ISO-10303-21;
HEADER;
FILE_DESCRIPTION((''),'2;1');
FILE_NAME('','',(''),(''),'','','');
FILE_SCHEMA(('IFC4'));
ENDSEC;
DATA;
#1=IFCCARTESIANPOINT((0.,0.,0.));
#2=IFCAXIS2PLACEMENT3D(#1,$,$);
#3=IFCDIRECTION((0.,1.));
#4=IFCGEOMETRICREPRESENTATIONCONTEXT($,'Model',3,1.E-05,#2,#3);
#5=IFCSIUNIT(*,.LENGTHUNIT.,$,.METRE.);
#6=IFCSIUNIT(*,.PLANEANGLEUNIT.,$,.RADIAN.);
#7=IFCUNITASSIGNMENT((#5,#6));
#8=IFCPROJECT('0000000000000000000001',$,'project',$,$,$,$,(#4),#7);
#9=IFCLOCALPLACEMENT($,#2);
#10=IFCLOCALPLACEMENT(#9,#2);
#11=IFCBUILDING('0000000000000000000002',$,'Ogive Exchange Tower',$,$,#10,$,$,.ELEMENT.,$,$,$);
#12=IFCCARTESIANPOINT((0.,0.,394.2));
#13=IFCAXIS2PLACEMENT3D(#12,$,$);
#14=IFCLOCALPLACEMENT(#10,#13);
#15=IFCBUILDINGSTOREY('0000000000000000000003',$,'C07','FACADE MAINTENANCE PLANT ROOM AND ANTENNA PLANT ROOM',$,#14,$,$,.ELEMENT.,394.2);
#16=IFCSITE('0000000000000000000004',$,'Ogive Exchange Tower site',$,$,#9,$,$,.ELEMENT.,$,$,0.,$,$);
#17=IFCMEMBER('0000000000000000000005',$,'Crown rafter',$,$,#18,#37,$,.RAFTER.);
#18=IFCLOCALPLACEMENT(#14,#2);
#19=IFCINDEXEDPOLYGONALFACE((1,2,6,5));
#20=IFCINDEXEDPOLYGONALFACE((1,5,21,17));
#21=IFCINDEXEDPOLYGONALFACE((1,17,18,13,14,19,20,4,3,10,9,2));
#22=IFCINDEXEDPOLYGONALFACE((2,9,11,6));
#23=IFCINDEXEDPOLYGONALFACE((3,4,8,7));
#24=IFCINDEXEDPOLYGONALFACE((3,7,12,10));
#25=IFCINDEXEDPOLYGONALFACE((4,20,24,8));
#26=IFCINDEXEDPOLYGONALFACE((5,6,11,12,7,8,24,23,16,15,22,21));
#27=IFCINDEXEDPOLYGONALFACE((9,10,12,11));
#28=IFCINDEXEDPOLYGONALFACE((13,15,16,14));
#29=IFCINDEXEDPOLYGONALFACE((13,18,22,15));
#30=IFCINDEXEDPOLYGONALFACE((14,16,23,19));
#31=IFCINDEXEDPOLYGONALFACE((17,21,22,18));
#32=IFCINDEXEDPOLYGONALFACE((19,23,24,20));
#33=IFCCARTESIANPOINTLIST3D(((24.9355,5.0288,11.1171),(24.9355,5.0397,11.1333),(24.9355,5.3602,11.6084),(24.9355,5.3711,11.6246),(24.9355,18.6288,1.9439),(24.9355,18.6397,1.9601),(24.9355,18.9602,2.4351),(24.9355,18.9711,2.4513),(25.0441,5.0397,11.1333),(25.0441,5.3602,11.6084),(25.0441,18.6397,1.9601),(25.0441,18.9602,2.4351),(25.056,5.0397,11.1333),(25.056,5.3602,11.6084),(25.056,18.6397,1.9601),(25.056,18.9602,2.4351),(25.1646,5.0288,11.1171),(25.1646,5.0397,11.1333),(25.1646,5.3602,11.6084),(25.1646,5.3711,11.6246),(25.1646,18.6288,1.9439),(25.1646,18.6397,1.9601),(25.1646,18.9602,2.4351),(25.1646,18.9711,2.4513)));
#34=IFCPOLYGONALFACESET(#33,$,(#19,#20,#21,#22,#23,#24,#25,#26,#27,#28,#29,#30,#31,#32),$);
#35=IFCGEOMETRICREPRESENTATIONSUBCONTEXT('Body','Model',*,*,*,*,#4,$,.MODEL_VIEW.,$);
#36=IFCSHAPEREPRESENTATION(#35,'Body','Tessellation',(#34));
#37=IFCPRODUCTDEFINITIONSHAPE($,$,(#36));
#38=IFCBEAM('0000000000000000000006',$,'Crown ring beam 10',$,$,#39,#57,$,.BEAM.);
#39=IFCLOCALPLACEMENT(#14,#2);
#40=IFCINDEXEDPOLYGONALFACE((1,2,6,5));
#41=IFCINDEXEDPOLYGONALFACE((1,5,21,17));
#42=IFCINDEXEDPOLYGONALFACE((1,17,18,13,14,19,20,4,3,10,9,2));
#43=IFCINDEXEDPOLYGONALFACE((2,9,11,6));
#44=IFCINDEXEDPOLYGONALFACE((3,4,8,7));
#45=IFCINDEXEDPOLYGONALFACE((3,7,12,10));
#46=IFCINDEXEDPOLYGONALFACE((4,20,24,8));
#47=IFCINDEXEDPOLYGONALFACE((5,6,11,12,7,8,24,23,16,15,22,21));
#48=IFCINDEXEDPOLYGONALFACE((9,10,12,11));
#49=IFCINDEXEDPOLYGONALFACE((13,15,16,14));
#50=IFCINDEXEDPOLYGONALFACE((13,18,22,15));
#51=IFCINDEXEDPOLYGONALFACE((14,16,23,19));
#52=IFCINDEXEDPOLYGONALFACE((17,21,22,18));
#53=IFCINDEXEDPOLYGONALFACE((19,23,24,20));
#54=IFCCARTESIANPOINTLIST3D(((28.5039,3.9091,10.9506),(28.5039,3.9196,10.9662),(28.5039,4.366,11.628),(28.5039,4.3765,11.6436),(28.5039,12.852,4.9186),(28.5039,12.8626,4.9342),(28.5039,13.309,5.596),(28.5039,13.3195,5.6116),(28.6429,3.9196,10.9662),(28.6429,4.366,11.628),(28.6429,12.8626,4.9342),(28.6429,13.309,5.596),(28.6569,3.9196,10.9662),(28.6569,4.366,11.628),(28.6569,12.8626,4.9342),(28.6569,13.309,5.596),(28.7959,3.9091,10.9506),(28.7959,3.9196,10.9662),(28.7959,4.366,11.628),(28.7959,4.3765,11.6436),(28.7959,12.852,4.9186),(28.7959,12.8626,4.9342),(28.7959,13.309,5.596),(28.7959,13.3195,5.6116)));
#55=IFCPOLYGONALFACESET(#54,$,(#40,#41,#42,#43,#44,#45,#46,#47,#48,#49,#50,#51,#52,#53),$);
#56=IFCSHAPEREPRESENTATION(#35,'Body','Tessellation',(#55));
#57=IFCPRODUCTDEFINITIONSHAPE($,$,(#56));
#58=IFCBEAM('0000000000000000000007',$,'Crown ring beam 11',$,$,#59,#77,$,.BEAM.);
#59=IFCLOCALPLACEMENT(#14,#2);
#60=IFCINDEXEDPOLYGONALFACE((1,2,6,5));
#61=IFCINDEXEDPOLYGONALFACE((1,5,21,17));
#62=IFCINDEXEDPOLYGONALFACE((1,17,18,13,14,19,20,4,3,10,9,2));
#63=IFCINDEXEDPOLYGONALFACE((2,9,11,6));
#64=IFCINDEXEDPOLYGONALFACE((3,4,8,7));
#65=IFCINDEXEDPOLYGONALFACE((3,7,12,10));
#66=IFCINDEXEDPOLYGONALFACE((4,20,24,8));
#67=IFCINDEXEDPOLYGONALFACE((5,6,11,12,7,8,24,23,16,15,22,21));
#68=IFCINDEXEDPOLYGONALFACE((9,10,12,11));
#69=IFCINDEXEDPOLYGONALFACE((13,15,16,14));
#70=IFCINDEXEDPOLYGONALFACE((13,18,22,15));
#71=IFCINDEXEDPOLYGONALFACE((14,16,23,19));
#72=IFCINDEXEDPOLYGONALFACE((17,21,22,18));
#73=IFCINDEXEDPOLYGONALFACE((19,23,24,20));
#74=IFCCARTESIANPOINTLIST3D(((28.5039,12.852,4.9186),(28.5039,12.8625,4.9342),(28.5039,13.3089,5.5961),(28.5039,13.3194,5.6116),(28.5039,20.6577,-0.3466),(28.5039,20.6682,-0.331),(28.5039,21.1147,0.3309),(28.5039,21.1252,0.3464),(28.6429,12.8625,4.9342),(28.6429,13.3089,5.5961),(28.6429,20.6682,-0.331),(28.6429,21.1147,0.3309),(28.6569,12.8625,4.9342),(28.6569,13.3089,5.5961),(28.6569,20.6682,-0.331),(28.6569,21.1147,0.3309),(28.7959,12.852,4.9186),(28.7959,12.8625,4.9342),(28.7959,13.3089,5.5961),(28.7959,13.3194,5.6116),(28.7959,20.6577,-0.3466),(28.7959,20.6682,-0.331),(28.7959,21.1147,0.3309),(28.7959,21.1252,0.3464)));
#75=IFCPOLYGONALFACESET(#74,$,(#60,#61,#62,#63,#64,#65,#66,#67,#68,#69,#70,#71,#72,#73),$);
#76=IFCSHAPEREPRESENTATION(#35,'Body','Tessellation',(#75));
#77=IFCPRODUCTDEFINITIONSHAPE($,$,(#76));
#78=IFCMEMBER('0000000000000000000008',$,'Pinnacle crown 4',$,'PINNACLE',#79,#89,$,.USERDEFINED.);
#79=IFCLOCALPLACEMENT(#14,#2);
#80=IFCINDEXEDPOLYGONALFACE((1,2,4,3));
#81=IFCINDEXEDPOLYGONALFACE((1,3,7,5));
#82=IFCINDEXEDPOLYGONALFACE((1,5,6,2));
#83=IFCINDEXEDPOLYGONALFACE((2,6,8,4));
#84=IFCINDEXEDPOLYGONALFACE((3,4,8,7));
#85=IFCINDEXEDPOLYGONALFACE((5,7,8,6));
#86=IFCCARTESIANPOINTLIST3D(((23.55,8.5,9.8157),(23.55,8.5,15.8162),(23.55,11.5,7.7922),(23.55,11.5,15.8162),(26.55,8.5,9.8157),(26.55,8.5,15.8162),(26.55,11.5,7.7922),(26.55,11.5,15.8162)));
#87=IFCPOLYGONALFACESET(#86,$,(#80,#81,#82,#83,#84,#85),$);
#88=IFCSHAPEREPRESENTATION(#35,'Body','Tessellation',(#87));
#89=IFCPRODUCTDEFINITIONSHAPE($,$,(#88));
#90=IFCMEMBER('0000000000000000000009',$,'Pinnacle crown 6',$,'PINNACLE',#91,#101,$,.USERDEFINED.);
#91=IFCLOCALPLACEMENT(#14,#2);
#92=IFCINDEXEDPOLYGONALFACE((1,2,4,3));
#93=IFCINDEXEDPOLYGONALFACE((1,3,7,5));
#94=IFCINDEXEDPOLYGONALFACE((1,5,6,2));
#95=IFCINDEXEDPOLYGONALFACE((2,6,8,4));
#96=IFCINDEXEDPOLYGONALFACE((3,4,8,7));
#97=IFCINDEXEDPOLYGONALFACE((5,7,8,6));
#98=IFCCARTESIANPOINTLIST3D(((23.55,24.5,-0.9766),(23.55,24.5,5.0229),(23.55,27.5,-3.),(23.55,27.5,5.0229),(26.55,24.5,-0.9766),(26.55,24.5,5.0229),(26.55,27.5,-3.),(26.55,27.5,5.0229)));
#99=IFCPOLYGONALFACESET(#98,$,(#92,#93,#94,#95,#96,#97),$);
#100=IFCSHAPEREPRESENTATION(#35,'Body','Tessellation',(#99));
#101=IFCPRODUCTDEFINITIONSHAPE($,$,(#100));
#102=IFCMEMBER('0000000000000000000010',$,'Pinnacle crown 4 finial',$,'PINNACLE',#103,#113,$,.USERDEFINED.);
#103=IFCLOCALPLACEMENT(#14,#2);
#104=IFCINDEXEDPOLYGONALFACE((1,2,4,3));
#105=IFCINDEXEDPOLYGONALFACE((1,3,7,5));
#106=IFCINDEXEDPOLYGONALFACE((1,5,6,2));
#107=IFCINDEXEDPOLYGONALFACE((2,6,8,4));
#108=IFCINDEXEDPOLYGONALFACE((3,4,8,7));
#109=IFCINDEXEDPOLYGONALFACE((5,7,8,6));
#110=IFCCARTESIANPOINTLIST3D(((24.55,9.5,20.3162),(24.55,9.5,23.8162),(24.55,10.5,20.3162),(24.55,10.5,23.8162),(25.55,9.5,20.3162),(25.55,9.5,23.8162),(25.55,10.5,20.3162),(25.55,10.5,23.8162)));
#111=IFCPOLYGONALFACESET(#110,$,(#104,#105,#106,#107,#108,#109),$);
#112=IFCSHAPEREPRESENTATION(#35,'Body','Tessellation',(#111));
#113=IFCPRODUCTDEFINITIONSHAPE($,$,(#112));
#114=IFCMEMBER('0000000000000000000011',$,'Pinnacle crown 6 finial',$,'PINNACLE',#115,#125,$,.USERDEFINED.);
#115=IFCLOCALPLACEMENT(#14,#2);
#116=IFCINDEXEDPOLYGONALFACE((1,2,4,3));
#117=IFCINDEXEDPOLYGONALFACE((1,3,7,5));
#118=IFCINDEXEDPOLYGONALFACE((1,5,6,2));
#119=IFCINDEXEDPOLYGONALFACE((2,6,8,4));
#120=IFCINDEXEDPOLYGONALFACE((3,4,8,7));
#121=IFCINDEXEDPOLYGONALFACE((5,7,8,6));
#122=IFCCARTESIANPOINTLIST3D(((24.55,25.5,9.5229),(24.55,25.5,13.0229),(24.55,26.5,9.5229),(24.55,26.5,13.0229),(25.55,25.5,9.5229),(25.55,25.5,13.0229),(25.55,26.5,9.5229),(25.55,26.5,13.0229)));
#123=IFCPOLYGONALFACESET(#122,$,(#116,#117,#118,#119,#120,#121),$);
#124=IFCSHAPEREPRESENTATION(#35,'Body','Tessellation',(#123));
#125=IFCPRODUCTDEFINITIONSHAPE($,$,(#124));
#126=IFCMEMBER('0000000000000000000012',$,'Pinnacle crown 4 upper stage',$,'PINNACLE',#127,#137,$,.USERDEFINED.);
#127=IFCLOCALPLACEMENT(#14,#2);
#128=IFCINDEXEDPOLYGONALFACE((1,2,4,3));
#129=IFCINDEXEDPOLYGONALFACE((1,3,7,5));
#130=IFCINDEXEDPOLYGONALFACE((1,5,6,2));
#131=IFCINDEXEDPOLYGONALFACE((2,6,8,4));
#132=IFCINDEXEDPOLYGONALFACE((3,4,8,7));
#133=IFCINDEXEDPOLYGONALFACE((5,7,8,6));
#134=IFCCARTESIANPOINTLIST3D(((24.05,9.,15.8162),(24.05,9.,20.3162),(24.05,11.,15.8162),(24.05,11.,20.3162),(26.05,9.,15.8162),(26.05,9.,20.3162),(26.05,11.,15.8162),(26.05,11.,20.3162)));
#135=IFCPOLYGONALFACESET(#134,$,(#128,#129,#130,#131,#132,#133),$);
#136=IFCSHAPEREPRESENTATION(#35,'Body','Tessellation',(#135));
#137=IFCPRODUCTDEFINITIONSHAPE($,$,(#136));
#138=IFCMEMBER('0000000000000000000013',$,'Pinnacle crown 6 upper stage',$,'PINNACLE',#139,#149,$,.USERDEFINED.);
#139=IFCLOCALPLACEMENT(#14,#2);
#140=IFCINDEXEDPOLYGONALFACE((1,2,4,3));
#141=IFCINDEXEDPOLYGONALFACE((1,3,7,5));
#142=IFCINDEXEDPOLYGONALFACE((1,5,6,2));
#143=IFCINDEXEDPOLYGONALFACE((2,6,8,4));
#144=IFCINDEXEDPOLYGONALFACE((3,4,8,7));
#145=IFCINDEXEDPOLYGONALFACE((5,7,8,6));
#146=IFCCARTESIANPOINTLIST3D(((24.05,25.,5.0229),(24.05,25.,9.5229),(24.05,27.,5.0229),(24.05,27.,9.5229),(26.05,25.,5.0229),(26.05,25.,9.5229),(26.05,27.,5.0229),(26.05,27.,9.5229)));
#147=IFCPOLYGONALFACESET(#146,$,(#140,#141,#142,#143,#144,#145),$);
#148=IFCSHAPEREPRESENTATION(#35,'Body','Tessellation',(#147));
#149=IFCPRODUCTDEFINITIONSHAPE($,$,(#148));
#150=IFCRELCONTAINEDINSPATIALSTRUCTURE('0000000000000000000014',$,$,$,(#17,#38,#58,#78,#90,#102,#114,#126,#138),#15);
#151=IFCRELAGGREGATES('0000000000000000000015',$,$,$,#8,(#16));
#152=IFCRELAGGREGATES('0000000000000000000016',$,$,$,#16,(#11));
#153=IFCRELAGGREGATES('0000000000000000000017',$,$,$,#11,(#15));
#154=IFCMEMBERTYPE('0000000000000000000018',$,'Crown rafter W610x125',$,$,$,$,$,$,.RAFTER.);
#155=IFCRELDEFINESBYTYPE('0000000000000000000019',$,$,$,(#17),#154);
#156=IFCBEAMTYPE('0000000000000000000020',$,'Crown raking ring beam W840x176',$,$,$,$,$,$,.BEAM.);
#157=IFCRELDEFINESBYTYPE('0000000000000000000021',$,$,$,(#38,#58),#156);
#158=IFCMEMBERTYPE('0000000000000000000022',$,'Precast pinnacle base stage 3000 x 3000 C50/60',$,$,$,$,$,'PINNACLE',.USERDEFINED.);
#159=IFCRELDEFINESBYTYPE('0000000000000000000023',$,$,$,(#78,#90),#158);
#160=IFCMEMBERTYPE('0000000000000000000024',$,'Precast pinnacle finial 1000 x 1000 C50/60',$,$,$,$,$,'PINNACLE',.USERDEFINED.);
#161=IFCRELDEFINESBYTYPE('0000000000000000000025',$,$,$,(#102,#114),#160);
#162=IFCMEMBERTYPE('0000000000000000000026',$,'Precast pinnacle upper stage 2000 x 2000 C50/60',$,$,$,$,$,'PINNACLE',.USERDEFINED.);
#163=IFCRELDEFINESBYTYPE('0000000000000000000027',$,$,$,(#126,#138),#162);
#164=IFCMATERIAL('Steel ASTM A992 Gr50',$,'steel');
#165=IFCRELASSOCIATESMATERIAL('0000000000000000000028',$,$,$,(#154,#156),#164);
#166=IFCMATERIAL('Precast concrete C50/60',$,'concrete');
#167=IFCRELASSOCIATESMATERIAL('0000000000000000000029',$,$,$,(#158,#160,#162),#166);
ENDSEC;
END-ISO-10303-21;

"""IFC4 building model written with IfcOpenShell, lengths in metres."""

from ifc_helpers import new_model, si_unit, direction, frame, origin, origin_2d, place, context, subcontext, project, spatial, polyline, rectangle, i_section, outline, extrude, material, material_profile, profile_set, type_object, element, save


model = new_model("IFC4")

# Units and contexts
model_context = context("Model", 3, precision=1e-05, world=origin(), true_north=direction((0.0, 1.0)))
body_context = subcontext(model_context, "Body", "Model", "MODEL_VIEW")
ifc_project = project(units=[si_unit("LENGTHUNIT", "METRE"), si_unit("PLANEANGLEUNIT", "RADIAN")], contexts=[model_context])

# Site, building, storey
site_placement = place(None, origin())
site = spatial("IfcSite", under=ifc_project, at=site_placement, Name="Ogive Exchange Tower site", CompositionType="ELEMENT", RefElevation=0.0)
building_placement = place(site_placement, origin())
building = spatial("IfcBuilding", under=site, at=building_placement, Name="Ogive Exchange Tower", CompositionType="ELEMENT")
storey_placement = place(building_placement, frame((0.0, 0.0, 394.2)))
storey = spatial("IfcBuildingStorey", under=building, at=storey_placement, Name="C07", Description="FACADE MAINTENANCE PLANT ROOM AND ANTENNA PLANT ROOM", CompositionType="ELEMENT", Elevation=394.2)

# Shared definitions
ifc_material_1 = material(Name="Steel ASTM A992 Gr50", Category="steel")

# Member
ifc_material_profile_1 = material_profile(ifc_material_1, i_section(OverallWidth=0.229, OverallDepth=0.6121, WebThickness=0.012, FlangeThickness=0.0195, at=origin_2d()), Name="W610x125")
ifc_profile_set_1 = profile_set([ifc_material_profile_1], Name="Steel ASTM A992 Gr50")
member_type_1 = type_object("IfcMemberType", Name="Crown rafter W610x125", PredefinedType="RAFTER", material=ifc_profile_set_1)
for number, where, z_axis, x_axis, name in (
    (1, (25.05, 5.2, 11.3708), (0.0, 0.829039, -0.559191), (-1.0, 0.0, 0.0), "Crown rafter"),
):
    element("IfcMember", number, at=place(storey_placement, frame(where, z_axis=z_axis, x_axis=x_axis)), inside=storey, type_object=member_type_1, Name=name, PredefinedType="RAFTER", context=body_context, shape_type="SweptSolid", body=[
        extrude(i_section(OverallWidth=0.229, OverallDepth=0.6121, WebThickness=0.012, FlangeThickness=0.0195, at=origin_2d()), origin(), (0.0, 0.0, 1.0), 16.4045),
    ])

# Beams
ifc_material_profile_2 = material_profile(ifc_material_1, i_section(OverallWidth=0.292, OverallDepth=0.8359, WebThickness=0.0139, FlangeThickness=0.0188, at=origin_2d()), Name="W840x176")
ifc_profile_set_2 = profile_set([ifc_material_profile_2], Name="Steel ASTM A992 Gr50")
beam_type_1 = type_object("IfcBeamType", Name="Crown raking ring beam W840x176", PredefinedType="BEAM", material=ifc_profile_set_2)
beam_1_placement = place(storey_placement, frame((28.6499, 4.1428, 11.2971), z_axis=(0.0, 0.82904, -0.559189), x_axis=(-1.0, 0.0, 0.0)))
element("IfcBeam", 2, at=beam_1_placement, inside=storey, type_object=beam_type_1, Name="Crown ring beam 10", PredefinedType="BEAM", context=body_context, shape_type="SweptSolid", body=[
    extrude(i_section(OverallWidth=0.292, OverallDepth=0.8359, WebThickness=0.0139, FlangeThickness=0.0188, at=origin_2d()), origin(), (0.0, 0.0, 1.0), 10.7871),
])
beam_2_placement = place(storey_placement, frame((28.6499, 13.0857, 5.2651), z_axis=(0.0, 0.82903, -0.559204), x_axis=(-1.0, 0.0, 0.0)))
element("IfcBeam", 3, at=beam_2_placement, inside=storey, type_object=beam_type_1, Name="Crown ring beam 11", PredefinedType="BEAM", context=body_context, shape_type="SweptSolid", body=[
    extrude(i_section(OverallWidth=0.292, OverallDepth=0.8359, WebThickness=0.0139, FlangeThickness=0.0188, at=origin_2d()), origin(), (0.0, 0.0, 1.0), 9.4155),
])

# Members
ifc_material_2 = material(Name="Precast concrete C50/60", Category="concrete")
ifc_material_profile_3 = material_profile(ifc_material_2, rectangle(XDim=3.0, YDim=3.0, at=origin_2d()), Name="PINNACLE 3000 x 3000")
ifc_profile_set_3 = profile_set([ifc_material_profile_3], Name="Precast concrete C50/60")
member_type_2 = type_object("IfcMemberType", Name="Precast pinnacle base stage 3000 x 3000 C50/60", ElementType="PINNACLE", PredefinedType="USERDEFINED", material=ifc_profile_set_3)
member_1_placement = place(storey_placement, frame((23.55, 8.5, 15.8162), z_axis=(-1.0, 0.0, 0.0), x_axis=(0.0, 1.0, 0.0)))
element("IfcMember", 4, at=member_1_placement, inside=storey, type_object=member_type_2, Name="Pinnacle crown 4", ObjectType="PINNACLE", PredefinedType="USERDEFINED", context=body_context, shape_type="SweptSolid", body=[
    extrude(outline(polyline([(0.0, 0.0), (3.0, 0.0), (3.0, 8.0239), (0.0, 6.0005), (0.0, 0.0)])), origin(), (0.0, 0.0, -1.0), 3.0),
])
member_2_placement = place(storey_placement, frame((23.55, 24.5, 5.0229), z_axis=(-1.0, 0.0, 0.0), x_axis=(0.0, 1.0, 0.0)))
element("IfcMember", 5, at=member_2_placement, inside=storey, type_object=member_type_2, Name="Pinnacle crown 6", ObjectType="PINNACLE", PredefinedType="USERDEFINED", context=body_context, shape_type="SweptSolid", body=[
    extrude(outline(polyline([(0.0, 0.0), (3.0, 0.0), (3.0, 8.0229), (0.0, 5.9995), (0.0, 0.0)])), origin(), (0.0, 0.0, -1.0), 3.0),
])
ifc_material_profile_4 = material_profile(ifc_material_2, rectangle(XDim=1.0, YDim=1.0, at=origin_2d()), Name="PINNACLE 1000 x 1000")
ifc_profile_set_4 = profile_set([ifc_material_profile_4], Name="Precast concrete C50/60")
member_type_3 = type_object("IfcMemberType", Name="Precast pinnacle finial 1000 x 1000 C50/60", ElementType="PINNACLE", PredefinedType="USERDEFINED", material=ifc_profile_set_4)
for number, where, z_axis, x_axis, name in (
    (6, (25.05, 10.0, 20.3162), (0.0, 0.0, 1.0), (1.0, 0.0, 0.0), "Pinnacle crown 4 finial"),
    (7, (25.05, 26.0, 9.5229), (0.0, 0.0, 1.0), (1.0, 0.0, 0.0), "Pinnacle crown 6 finial"),
):
    element("IfcMember", number, at=place(storey_placement, frame(where, z_axis=z_axis, x_axis=x_axis)), inside=storey, type_object=member_type_3, Name=name, ObjectType="PINNACLE", PredefinedType="USERDEFINED", context=body_context, shape_type="SweptSolid", body=[
        extrude(rectangle(XDim=1.0, YDim=1.0, at=origin_2d()), origin(), (0.0, 0.0, 1.0), 3.5),
    ])
ifc_material_profile_5 = material_profile(ifc_material_2, rectangle(XDim=2.0, YDim=2.0, at=origin_2d()), Name="PINNACLE 2000 x 2000")
ifc_profile_set_5 = profile_set([ifc_material_profile_5], Name="Precast concrete C50/60")
member_type_4 = type_object("IfcMemberType", Name="Precast pinnacle upper stage 2000 x 2000 C50/60", ElementType="PINNACLE", PredefinedType="USERDEFINED", material=ifc_profile_set_5)
for number, where, z_axis, x_axis, name in (
    (8, (25.05, 10.0, 15.8162), (0.0, 0.0, 1.0), (1.0, 0.0, 0.0), "Pinnacle crown 4 upper stage"),
    (9, (25.05, 26.0, 5.0229), (0.0, 0.0, 1.0), (1.0, 0.0, 0.0), "Pinnacle crown 6 upper stage"),
):
    element("IfcMember", number, at=place(storey_placement, frame(where, z_axis=z_axis, x_axis=x_axis)), inside=storey, type_object=member_type_4, Name=name, ObjectType="PINNACLE", PredefinedType="USERDEFINED", context=body_context, shape_type="SweptSolid", body=[
        extrude(rectangle(XDim=2.0, YDim=2.0, at=origin_2d()), origin(), (0.0, 0.0, 1.0), 4.5),
    ])

save(model, "model.ifc")
